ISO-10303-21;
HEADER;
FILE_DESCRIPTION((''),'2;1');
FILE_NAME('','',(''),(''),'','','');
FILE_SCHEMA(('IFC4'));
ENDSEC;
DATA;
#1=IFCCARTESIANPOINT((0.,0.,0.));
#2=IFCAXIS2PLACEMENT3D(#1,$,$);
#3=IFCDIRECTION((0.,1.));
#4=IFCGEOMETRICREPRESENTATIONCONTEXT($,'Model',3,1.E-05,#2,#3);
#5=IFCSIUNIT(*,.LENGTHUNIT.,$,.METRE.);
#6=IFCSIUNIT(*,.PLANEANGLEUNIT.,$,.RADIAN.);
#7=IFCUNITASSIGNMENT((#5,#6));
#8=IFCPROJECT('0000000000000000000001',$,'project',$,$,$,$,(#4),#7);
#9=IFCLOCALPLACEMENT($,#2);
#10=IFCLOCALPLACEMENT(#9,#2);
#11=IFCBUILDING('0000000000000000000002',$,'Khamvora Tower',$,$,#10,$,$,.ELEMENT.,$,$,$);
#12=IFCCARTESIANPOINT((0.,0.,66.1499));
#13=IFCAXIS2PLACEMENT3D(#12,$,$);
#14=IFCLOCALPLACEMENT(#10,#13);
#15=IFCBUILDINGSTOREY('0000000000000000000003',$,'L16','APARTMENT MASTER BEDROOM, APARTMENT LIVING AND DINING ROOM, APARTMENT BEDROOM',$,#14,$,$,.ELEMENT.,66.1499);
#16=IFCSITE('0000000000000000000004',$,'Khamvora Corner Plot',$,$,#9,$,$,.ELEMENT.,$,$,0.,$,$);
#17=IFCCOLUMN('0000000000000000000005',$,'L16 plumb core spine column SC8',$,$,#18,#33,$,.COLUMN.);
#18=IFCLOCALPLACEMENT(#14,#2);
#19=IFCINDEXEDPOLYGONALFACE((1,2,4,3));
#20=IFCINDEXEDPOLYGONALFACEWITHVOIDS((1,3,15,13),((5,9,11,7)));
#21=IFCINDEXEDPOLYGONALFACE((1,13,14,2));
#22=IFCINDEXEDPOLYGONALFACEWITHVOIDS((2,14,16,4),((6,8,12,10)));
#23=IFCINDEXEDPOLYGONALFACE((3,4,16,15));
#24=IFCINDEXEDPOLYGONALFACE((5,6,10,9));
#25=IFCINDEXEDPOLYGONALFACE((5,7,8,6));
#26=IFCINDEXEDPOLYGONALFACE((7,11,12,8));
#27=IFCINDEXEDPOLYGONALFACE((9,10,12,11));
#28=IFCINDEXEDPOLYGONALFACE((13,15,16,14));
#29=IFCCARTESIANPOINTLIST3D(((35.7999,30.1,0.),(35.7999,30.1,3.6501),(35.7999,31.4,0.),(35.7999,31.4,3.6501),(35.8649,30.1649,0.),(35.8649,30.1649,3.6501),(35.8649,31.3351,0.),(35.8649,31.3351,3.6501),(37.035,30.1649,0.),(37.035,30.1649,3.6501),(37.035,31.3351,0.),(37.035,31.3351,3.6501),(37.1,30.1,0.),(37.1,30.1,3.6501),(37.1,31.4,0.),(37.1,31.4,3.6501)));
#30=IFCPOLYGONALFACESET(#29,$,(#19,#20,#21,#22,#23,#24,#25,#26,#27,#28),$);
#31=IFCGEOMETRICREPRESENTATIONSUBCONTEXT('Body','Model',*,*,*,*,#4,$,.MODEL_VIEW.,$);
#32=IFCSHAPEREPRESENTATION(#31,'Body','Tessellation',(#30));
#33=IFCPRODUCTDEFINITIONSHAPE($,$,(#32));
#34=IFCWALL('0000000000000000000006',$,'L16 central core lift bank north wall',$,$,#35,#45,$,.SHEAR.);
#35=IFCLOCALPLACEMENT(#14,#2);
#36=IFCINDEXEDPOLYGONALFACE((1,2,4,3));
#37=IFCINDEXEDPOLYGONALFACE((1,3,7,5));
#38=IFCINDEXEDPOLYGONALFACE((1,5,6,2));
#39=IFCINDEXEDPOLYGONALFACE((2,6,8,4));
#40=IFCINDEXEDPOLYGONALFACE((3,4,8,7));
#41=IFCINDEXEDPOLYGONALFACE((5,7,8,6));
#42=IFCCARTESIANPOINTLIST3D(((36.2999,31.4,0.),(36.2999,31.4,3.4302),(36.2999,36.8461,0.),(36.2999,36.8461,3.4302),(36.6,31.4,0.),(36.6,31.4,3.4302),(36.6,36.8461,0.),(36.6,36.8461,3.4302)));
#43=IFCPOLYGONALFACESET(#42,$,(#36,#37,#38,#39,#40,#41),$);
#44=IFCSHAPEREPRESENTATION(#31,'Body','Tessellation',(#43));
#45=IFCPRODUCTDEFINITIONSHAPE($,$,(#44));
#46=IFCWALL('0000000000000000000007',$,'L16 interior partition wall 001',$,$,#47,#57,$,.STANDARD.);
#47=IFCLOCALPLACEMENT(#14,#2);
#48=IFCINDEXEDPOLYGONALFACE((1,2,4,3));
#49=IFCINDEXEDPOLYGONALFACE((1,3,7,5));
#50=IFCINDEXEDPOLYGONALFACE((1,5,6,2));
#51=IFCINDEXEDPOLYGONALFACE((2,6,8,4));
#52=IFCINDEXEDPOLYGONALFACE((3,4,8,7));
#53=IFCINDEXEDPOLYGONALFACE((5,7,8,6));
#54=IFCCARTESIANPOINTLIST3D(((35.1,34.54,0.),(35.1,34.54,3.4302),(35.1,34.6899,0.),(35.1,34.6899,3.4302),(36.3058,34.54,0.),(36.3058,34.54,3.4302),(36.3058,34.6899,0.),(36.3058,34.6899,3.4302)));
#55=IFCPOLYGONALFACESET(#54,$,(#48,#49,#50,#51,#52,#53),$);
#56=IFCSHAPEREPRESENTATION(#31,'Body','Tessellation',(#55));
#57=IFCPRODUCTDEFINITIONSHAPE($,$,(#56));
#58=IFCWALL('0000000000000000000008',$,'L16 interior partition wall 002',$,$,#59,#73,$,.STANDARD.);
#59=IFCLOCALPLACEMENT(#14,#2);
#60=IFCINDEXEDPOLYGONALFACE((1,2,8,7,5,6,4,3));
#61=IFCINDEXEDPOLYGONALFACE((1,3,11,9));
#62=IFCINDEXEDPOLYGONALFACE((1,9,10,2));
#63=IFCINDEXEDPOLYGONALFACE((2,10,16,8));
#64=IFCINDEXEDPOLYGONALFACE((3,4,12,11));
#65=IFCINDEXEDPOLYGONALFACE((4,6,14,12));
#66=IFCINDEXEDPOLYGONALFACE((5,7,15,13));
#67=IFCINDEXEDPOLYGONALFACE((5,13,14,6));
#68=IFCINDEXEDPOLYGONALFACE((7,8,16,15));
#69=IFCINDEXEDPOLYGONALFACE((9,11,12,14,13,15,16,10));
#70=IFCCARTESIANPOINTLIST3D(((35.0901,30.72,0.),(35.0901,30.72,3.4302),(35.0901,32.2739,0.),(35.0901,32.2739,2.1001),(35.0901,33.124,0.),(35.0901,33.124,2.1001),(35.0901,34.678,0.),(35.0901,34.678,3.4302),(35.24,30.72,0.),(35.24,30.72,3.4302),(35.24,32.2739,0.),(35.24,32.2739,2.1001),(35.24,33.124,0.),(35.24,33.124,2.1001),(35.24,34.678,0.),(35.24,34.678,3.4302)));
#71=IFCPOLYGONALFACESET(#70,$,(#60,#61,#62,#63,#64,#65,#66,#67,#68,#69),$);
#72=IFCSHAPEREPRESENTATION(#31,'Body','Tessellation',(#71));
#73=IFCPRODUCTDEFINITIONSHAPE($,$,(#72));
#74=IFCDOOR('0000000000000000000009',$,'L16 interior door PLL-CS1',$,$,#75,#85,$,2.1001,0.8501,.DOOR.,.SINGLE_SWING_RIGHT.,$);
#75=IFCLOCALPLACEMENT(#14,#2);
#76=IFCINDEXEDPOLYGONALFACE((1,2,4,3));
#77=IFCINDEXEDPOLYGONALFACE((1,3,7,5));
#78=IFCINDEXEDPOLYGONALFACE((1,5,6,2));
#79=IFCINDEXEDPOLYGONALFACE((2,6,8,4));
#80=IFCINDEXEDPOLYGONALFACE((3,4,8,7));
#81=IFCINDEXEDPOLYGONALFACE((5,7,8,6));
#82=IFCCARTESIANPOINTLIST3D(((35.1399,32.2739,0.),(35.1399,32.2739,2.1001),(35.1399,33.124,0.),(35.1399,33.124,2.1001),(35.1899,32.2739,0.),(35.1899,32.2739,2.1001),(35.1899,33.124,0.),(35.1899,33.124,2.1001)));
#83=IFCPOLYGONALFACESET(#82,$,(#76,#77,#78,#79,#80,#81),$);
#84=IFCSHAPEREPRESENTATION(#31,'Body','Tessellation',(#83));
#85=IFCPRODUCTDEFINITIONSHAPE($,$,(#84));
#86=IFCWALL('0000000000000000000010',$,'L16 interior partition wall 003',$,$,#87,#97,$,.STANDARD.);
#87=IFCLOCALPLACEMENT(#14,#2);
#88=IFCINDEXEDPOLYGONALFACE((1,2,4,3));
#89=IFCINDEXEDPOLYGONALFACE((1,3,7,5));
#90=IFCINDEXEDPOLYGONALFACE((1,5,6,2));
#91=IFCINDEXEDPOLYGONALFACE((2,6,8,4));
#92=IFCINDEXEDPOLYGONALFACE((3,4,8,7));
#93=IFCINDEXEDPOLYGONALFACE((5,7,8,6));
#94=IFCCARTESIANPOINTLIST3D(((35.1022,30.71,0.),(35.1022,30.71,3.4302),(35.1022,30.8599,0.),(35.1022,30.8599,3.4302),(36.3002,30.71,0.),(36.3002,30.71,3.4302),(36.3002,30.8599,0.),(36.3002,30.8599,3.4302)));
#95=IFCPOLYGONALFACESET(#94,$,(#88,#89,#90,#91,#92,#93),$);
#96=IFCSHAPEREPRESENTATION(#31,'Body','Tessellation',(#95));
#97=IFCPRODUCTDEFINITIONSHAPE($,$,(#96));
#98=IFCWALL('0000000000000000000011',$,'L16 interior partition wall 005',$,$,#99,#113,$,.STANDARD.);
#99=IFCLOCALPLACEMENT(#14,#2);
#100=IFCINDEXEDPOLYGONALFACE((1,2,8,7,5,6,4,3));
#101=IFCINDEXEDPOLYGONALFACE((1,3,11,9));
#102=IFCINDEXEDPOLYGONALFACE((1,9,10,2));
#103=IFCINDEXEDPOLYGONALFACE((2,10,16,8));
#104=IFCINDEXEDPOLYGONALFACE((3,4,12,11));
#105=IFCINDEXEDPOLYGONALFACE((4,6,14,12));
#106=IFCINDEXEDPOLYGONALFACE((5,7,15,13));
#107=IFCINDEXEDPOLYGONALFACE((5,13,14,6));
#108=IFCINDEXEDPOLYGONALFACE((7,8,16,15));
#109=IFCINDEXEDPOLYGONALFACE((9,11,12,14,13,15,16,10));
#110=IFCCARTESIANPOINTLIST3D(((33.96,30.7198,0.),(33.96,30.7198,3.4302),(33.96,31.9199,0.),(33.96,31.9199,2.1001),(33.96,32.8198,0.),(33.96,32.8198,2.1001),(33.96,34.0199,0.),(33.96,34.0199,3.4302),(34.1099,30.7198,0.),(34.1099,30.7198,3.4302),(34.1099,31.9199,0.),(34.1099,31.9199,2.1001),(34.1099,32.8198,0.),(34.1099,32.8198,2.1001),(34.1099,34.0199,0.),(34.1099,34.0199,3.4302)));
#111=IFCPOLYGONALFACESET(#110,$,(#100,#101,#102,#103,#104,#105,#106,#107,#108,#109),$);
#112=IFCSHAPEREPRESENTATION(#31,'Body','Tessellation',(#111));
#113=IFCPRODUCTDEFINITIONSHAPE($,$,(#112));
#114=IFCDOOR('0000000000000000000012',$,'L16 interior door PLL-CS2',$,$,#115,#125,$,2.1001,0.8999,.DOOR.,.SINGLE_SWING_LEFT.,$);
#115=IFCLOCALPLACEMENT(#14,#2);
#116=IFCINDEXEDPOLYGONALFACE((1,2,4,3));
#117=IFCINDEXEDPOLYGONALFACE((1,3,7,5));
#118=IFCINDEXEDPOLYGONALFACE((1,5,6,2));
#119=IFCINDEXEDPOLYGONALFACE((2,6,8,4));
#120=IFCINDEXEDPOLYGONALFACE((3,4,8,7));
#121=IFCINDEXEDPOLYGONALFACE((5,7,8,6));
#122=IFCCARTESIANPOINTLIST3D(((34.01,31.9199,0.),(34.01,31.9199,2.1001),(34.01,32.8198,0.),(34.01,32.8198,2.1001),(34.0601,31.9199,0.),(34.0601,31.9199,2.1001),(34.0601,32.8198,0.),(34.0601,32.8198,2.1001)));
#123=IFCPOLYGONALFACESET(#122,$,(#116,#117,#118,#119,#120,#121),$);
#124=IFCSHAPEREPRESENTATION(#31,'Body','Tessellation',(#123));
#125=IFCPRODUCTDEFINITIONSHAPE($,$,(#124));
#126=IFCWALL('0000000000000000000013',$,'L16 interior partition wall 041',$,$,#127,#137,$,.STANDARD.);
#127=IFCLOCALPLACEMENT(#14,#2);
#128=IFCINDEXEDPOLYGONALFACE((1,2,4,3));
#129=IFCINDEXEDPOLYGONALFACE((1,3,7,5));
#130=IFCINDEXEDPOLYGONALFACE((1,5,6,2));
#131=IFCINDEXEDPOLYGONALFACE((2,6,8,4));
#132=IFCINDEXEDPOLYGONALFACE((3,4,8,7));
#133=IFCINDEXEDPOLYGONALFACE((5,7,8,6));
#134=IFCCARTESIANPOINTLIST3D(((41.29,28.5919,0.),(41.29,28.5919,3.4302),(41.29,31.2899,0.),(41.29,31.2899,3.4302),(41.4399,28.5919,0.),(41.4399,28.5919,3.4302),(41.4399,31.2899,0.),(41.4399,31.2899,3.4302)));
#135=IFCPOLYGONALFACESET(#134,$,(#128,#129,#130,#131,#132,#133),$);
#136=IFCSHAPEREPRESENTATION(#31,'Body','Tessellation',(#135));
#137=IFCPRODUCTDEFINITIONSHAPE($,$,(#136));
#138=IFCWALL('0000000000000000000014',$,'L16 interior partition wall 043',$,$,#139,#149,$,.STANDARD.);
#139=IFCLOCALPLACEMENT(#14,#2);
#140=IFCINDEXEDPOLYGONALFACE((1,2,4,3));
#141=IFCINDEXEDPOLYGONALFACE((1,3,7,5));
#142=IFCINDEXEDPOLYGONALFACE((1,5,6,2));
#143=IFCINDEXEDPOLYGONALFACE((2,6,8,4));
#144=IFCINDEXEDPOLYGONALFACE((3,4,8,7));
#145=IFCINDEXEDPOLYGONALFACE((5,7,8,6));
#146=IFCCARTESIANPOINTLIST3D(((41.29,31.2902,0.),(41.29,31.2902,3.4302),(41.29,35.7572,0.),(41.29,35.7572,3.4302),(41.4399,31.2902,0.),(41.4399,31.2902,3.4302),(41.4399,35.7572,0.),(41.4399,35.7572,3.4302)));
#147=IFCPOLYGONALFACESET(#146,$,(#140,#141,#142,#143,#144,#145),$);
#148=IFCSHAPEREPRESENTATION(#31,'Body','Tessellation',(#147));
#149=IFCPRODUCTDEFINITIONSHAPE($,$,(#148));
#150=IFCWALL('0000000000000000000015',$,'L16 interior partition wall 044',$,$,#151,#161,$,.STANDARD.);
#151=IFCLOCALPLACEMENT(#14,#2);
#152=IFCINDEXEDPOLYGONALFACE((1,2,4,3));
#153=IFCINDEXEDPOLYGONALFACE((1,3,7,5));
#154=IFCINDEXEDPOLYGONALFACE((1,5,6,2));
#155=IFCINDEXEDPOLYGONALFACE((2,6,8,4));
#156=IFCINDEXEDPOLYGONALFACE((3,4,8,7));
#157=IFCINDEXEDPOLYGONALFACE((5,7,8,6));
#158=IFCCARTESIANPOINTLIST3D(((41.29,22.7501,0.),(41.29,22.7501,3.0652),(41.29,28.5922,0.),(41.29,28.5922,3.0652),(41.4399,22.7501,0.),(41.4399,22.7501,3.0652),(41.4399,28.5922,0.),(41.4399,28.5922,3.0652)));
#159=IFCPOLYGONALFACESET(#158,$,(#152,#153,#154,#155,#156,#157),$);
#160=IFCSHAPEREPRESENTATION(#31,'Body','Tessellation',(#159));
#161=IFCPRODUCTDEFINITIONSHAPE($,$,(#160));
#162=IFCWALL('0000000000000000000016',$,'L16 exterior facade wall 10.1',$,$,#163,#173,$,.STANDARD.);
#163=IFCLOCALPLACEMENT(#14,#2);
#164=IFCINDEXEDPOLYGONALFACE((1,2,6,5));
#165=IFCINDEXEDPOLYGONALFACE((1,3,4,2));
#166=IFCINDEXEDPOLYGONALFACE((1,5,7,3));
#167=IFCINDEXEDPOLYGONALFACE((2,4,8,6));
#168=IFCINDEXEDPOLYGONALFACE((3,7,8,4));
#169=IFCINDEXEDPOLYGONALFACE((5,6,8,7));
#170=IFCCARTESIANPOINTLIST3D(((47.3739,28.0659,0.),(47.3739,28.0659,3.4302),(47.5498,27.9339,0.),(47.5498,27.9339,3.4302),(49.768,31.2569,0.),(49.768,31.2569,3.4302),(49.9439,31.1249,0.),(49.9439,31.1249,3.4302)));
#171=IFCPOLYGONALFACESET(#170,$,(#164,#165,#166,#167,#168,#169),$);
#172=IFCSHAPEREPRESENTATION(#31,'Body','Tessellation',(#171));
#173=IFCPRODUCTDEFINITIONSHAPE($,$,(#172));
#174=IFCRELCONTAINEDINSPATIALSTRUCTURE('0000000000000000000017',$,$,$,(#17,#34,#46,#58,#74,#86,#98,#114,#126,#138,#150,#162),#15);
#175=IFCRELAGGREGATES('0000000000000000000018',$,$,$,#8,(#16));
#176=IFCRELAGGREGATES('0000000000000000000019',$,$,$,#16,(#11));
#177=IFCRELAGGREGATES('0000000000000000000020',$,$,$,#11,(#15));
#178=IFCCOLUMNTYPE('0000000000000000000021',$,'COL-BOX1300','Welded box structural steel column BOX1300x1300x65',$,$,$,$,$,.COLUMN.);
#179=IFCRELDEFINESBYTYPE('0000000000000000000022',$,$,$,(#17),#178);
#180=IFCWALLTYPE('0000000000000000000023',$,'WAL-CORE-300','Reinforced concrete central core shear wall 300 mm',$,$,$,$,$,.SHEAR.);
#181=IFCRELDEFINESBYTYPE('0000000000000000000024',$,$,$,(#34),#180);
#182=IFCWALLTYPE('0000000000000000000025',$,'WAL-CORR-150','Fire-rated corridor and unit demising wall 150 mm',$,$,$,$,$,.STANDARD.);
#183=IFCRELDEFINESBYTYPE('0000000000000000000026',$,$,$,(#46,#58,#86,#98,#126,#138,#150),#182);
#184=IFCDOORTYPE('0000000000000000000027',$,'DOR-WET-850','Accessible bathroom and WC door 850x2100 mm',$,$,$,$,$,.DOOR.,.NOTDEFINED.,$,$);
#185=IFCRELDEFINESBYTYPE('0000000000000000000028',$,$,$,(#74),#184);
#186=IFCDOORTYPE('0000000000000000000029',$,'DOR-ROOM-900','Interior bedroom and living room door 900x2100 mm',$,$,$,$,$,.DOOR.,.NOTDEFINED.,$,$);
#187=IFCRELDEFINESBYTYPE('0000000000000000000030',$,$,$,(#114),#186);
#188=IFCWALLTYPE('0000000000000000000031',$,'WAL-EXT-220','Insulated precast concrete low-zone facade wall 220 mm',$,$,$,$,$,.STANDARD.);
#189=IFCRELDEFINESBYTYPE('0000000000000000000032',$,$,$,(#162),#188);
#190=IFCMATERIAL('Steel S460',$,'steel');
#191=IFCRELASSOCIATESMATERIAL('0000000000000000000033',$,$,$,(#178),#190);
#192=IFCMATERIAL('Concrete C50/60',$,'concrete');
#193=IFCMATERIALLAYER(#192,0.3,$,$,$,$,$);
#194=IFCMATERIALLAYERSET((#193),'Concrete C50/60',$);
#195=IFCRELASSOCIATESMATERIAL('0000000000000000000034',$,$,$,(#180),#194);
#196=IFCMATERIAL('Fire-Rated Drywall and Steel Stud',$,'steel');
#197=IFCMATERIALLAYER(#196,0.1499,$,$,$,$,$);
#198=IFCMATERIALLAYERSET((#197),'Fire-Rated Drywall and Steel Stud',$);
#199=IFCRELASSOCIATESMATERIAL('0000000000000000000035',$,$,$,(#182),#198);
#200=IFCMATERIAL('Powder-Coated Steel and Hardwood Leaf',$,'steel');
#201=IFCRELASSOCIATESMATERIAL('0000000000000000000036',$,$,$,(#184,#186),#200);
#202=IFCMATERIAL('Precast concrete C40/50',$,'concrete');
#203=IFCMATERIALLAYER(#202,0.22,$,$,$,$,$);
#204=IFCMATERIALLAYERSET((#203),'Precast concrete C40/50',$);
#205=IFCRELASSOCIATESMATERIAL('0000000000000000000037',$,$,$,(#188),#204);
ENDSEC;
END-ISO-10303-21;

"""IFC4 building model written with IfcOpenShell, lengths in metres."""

from ifc_helpers import new_model, si_unit, direction, frame, frame_2d, origin, origin_2d, place, context, subcontext, project, spatial, rectangle, hollow_rectangle, extrude, material, layer, layer_set, material_profile, profile_set, type_object, element, fill, save


model = new_model("IFC4")

# Units and contexts
model_context = context("Model", 3, precision=1e-05, world=origin(), true_north=direction((0.0, 1.0)))
body_context = subcontext(model_context, "Body", "Model", "MODEL_VIEW")
ifc_project = project(units=[si_unit("LENGTHUNIT", "METRE"), si_unit("PLANEANGLEUNIT", "RADIAN")], contexts=[model_context])

# Site, building, storey
site_placement = place(None, origin())
site = spatial("IfcSite", under=ifc_project, at=site_placement, Name="Khamvora Corner Plot", CompositionType="ELEMENT", RefElevation=0.0)
building_placement = place(site_placement, origin())
building = spatial("IfcBuilding", under=site, at=building_placement, Name="Khamvora Tower", CompositionType="ELEMENT")
storey_placement = place(building_placement, frame((0.0, 0.0, 66.1499)))
storey = spatial("IfcBuildingStorey", under=building, at=storey_placement, Name="L16", Description="APARTMENT MASTER BEDROOM, APARTMENT LIVING AND DINING ROOM, APARTMENT BEDROOM", CompositionType="ELEMENT", Elevation=66.1499)

# Column
ifc_material_1 = material(Name="Steel S460", Category="steel")
ifc_material_profile = material_profile(ifc_material_1, hollow_rectangle(XDim=1.3, YDim=1.3, WallThickness=0.0649, at=origin_2d()), Name="BOX1300x1300x65")
ifc_profile_set = profile_set([ifc_material_profile], Name="Steel S460")
column_type = type_object("IfcColumnType", Name="COL-BOX1300", Description="Welded box structural steel column BOX1300x1300x65", PredefinedType="COLUMN", material=ifc_profile_set)
column_placement = place(storey_placement, frame((36.45, 30.75, 0.0), z_axis=(0.0, 0.0, 1.0), x_axis=(1.0, 0.0, 0.0)))
element("IfcColumn", 1, at=column_placement, inside=storey, type_object=column_type, Name="L16 plumb core spine column SC8", PredefinedType="COLUMN", context=body_context, shape_type="SweptSolid", body=[
    extrude(hollow_rectangle(XDim=1.3, YDim=1.3, WallThickness=0.0649, at=origin_2d()), origin(), (0.0, 0.0, 1.0), 3.6501),
])

# Walls
ifc_material_2 = material(Name="Concrete C50/60", Category="concrete")
ifc_layer_1 = layer(ifc_material_2, 0.3)
ifc_layer_set_1 = layer_set([ifc_layer_1], Name="Concrete C50/60")
wall_type_1 = type_object("IfcWallType", Name="WAL-CORE-300", Description="Reinforced concrete central core shear wall 300 mm", PredefinedType="SHEAR", material=ifc_layer_set_1)
wall_1_placement = place(storey_placement, frame((36.45, 31.3999, 0.0), z_axis=(0.0, 0.0, 1.0), x_axis=(0.0, 1.0, 0.0)))
element("IfcWall", 2, at=wall_1_placement, inside=storey, type_object=wall_type_1, Name="L16 central core lift bank north wall", PredefinedType="SHEAR", context=body_context, shape_type="SweptSolid", body=[
    extrude(rectangle(XDim=5.446, YDim=0.3, at=frame_2d((2.7231, 0.0))), origin(), (0.0, 0.0, 1.0), 3.4302),
])
ifc_material_3 = material(Name="Fire-Rated Drywall and Steel Stud", Category="steel")
ifc_layer_2 = layer(ifc_material_3, 0.1499)
ifc_layer_set_2 = layer_set([ifc_layer_2], Name="Fire-Rated Drywall and Steel Stud")
wall_type_2 = type_object("IfcWallType", Name="WAL-CORR-150", Description="Fire-rated corridor and unit demising wall 150 mm", PredefinedType="STANDARD", material=ifc_layer_set_2)
wall_2_placement = place(storey_placement, frame((36.3059, 34.615, 0.0), z_axis=(0.0, 0.0, 1.0), x_axis=(-1.0, 0.0, 0.0)))
element("IfcWall", 3, at=wall_2_placement, inside=storey, type_object=wall_type_2, Name="L16 interior partition wall 001", PredefinedType="STANDARD", context=body_context, shape_type="SweptSolid", body=[
    extrude(rectangle(XDim=1.2058, YDim=0.1499, at=frame_2d((0.603, 0.0))), origin(), (0.0, 0.0, 1.0), 3.4302),
])

# Wall, opening, door
wall_3_placement = place(storey_placement, frame((35.165, 34.678, 0.0), z_axis=(0.0, 0.0, 1.0), x_axis=(0.0, -1.0, 0.0)))
wall_3 = element("IfcWall", 4, at=wall_3_placement, inside=storey, type_object=wall_type_2, Name="L16 interior partition wall 002", PredefinedType="STANDARD", context=body_context, shape_type="SweptSolid", body=[
    extrude(rectangle(XDim=3.958, YDim=0.1499, at=frame_2d((1.979, 0.0))), origin(), (0.0, 0.0, 1.0), 3.4302),
])
opening_1_placement = place(wall_3_placement, frame((1.554, 0.0, 0.0)))
opening_1 = element("IfcOpeningElement", 5, at=opening_1_placement, cuts=wall_3, PredefinedType="OPENING", context=body_context, shape_type="SweptSolid", body=[
    extrude(rectangle(XDim=0.8501, YDim=2.1001, at=frame_2d((0.425, 1.05))), frame((0.0, 0.085, 0.0), z_axis=(0.0, -1.0, 0.0), x_axis=(1.0, 0.0, 0.0)), (0.0, 0.0, 1.0), 0.1699),
])
ifc_material_4 = material(Name="Powder-Coated Steel and Hardwood Leaf", Category="steel")
door_type_1 = type_object("IfcDoorType", Name="DOR-WET-850", Description="Accessible bathroom and WC door 850x2100 mm", OperationType="NOTDEFINED", PredefinedType="DOOR", material=ifc_material_4)
door_1_placement = place(opening_1_placement, origin())
door_1 = element("IfcDoor", 6, at=door_1_placement, inside=storey, type_object=door_type_1, Name="L16 interior door PLL-CS1", OperationType="SINGLE_SWING_RIGHT", OverallHeight=2.1001, OverallWidth=0.8501, PredefinedType="DOOR", context=body_context, shape_type="SweptSolid", body=[
    extrude(rectangle(XDim=0.8501, YDim=2.1001, at=frame_2d((0.425, 1.05))), frame((0.0, 0.0249, 0.0), z_axis=(0.0, -1.0, 0.0), x_axis=(1.0, 0.0, 0.0)), (0.0, 0.0, 1.0), 0.05),
])
fill(opening_1, door_1)

# Wall
wall_4_placement = place(storey_placement, frame((35.1021, 30.7849, 0.0), z_axis=(0.0, 0.0, 1.0), x_axis=(1.0, 0.0, 0.0)))
element("IfcWall", 7, at=wall_4_placement, inside=storey, type_object=wall_type_2, Name="L16 interior partition wall 003", PredefinedType="STANDARD", context=body_context, shape_type="SweptSolid", body=[
    extrude(rectangle(XDim=1.198, YDim=0.1499, at=frame_2d((0.5991, 0.0))), origin(), (0.0, 0.0, 1.0), 3.4302),
])

# Wall, opening, door
wall_5_placement = place(storey_placement, frame((34.0349, 30.72, 0.0), z_axis=(0.0, 0.0, 1.0), x_axis=(0.0, 1.0, 0.0)))
wall_5 = element("IfcWall", 8, at=wall_5_placement, inside=storey, type_object=wall_type_2, Name="L16 interior partition wall 005", PredefinedType="STANDARD", context=body_context, shape_type="SweptSolid", body=[
    extrude(rectangle(XDim=3.3, YDim=0.1499, at=frame_2d((1.6499, 0.0))), origin(), (0.0, 0.0, 1.0), 3.4302),
])
opening_2_placement = place(wall_5_placement, frame((1.2, 0.0, 0.0)))
opening_2 = element("IfcOpeningElement", 9, at=opening_2_placement, cuts=wall_5, PredefinedType="OPENING", context=body_context, shape_type="SweptSolid", body=[
    extrude(rectangle(XDim=0.8999, YDim=2.1001, at=frame_2d((0.45, 1.05))), frame((0.0, 0.085, 0.0), z_axis=(0.0, -1.0, 0.0), x_axis=(1.0, 0.0, 0.0)), (0.0, 0.0, 1.0), 0.1699),
])
door_type_2 = type_object("IfcDoorType", Name="DOR-ROOM-900", Description="Interior bedroom and living room door 900x2100 mm", OperationType="NOTDEFINED", PredefinedType="DOOR", material=ifc_material_4)
door_2_placement = place(opening_2_placement, origin())
door_2 = element("IfcDoor", 10, at=door_2_placement, inside=storey, type_object=door_type_2, Name="L16 interior door PLL-CS2", OperationType="SINGLE_SWING_LEFT", OverallHeight=2.1001, OverallWidth=0.8999, PredefinedType="DOOR", context=body_context, shape_type="SweptSolid", body=[
    extrude(rectangle(XDim=0.8999, YDim=2.1001, at=frame_2d((0.45, 1.05))), frame((0.0, 0.0249, 0.0), z_axis=(0.0, -1.0, 0.0), x_axis=(1.0, 0.0, 0.0)), (0.0, 0.0, 1.0), 0.05),
])
fill(opening_2, door_2)

# Walls
wall_6_placement = place(storey_placement, frame((41.365, 31.29, 0.0), z_axis=(0.0, 0.0, 1.0), x_axis=(0.0, -1.0, 0.0)))
element("IfcWall", 11, at=wall_6_placement, inside=storey, type_object=wall_type_2, Name="L16 interior partition wall 041", PredefinedType="STANDARD", context=body_context, shape_type="SweptSolid", body=[
    extrude(rectangle(XDim=2.698, YDim=0.1499, at=frame_2d((1.3491, 0.0))), origin(), (0.0, 0.0, 1.0), 3.4302),
])
wall_7_placement = place(storey_placement, frame((41.365, 35.7571, 0.0), z_axis=(0.0, 0.0, 1.0), x_axis=(0.0, -1.0, 0.0)))
element("IfcWall", 12, at=wall_7_placement, inside=storey, type_object=wall_type_2, Name="L16 interior partition wall 043", PredefinedType="STANDARD", context=body_context, shape_type="SweptSolid", body=[
    extrude(rectangle(XDim=4.467, YDim=0.1499, at=frame_2d((2.2334, 0.0))), origin(), (0.0, 0.0, 1.0), 3.4302),
])
wall_8_placement = place(storey_placement, frame((41.365, 28.592, 0.0), z_axis=(0.0, 0.0, 1.0), x_axis=(0.0, -1.0, 0.0)))
element("IfcWall", 13, at=wall_8_placement, inside=storey, type_object=wall_type_2, Name="L16 interior partition wall 044", PredefinedType="STANDARD", context=body_context, shape_type="SweptSolid", body=[
    extrude(rectangle(XDim=5.842, YDim=0.1499, at=frame_2d((2.9209, 0.0))), origin(), (0.0, 0.0, 1.0), 3.0652),
])
ifc_material_5 = material(Name="Precast concrete C40/50", Category="concrete")
ifc_layer_3 = layer(ifc_material_5, 0.22)
ifc_layer_set_3 = layer_set([ifc_layer_3], Name="Precast concrete C40/50")
wall_type_3 = type_object("IfcWallType", Name="WAL-EXT-220", Description="Insulated precast concrete low-zone facade wall 220 mm", PredefinedType="STANDARD", material=ifc_layer_set_3)
wall_9_placement = place(storey_placement, frame((49.856, 31.1909, 0.0), z_axis=(0.0, 0.0, 1.0), x_axis=(-0.600137, -0.799897, 0.0)))
element("IfcWall", 14, at=wall_9_placement, inside=storey, type_object=wall_type_3, Name="L16 exterior facade wall 10.1", PredefinedType="STANDARD", context=body_context, shape_type="SweptSolid", body=[
    extrude(rectangle(XDim=3.9893, YDim=0.22, at=frame_2d((1.9946, 0.0))), origin(), (0.0, 0.0, 1.0), 3.4302),
])

save(model, "model.ifc")
